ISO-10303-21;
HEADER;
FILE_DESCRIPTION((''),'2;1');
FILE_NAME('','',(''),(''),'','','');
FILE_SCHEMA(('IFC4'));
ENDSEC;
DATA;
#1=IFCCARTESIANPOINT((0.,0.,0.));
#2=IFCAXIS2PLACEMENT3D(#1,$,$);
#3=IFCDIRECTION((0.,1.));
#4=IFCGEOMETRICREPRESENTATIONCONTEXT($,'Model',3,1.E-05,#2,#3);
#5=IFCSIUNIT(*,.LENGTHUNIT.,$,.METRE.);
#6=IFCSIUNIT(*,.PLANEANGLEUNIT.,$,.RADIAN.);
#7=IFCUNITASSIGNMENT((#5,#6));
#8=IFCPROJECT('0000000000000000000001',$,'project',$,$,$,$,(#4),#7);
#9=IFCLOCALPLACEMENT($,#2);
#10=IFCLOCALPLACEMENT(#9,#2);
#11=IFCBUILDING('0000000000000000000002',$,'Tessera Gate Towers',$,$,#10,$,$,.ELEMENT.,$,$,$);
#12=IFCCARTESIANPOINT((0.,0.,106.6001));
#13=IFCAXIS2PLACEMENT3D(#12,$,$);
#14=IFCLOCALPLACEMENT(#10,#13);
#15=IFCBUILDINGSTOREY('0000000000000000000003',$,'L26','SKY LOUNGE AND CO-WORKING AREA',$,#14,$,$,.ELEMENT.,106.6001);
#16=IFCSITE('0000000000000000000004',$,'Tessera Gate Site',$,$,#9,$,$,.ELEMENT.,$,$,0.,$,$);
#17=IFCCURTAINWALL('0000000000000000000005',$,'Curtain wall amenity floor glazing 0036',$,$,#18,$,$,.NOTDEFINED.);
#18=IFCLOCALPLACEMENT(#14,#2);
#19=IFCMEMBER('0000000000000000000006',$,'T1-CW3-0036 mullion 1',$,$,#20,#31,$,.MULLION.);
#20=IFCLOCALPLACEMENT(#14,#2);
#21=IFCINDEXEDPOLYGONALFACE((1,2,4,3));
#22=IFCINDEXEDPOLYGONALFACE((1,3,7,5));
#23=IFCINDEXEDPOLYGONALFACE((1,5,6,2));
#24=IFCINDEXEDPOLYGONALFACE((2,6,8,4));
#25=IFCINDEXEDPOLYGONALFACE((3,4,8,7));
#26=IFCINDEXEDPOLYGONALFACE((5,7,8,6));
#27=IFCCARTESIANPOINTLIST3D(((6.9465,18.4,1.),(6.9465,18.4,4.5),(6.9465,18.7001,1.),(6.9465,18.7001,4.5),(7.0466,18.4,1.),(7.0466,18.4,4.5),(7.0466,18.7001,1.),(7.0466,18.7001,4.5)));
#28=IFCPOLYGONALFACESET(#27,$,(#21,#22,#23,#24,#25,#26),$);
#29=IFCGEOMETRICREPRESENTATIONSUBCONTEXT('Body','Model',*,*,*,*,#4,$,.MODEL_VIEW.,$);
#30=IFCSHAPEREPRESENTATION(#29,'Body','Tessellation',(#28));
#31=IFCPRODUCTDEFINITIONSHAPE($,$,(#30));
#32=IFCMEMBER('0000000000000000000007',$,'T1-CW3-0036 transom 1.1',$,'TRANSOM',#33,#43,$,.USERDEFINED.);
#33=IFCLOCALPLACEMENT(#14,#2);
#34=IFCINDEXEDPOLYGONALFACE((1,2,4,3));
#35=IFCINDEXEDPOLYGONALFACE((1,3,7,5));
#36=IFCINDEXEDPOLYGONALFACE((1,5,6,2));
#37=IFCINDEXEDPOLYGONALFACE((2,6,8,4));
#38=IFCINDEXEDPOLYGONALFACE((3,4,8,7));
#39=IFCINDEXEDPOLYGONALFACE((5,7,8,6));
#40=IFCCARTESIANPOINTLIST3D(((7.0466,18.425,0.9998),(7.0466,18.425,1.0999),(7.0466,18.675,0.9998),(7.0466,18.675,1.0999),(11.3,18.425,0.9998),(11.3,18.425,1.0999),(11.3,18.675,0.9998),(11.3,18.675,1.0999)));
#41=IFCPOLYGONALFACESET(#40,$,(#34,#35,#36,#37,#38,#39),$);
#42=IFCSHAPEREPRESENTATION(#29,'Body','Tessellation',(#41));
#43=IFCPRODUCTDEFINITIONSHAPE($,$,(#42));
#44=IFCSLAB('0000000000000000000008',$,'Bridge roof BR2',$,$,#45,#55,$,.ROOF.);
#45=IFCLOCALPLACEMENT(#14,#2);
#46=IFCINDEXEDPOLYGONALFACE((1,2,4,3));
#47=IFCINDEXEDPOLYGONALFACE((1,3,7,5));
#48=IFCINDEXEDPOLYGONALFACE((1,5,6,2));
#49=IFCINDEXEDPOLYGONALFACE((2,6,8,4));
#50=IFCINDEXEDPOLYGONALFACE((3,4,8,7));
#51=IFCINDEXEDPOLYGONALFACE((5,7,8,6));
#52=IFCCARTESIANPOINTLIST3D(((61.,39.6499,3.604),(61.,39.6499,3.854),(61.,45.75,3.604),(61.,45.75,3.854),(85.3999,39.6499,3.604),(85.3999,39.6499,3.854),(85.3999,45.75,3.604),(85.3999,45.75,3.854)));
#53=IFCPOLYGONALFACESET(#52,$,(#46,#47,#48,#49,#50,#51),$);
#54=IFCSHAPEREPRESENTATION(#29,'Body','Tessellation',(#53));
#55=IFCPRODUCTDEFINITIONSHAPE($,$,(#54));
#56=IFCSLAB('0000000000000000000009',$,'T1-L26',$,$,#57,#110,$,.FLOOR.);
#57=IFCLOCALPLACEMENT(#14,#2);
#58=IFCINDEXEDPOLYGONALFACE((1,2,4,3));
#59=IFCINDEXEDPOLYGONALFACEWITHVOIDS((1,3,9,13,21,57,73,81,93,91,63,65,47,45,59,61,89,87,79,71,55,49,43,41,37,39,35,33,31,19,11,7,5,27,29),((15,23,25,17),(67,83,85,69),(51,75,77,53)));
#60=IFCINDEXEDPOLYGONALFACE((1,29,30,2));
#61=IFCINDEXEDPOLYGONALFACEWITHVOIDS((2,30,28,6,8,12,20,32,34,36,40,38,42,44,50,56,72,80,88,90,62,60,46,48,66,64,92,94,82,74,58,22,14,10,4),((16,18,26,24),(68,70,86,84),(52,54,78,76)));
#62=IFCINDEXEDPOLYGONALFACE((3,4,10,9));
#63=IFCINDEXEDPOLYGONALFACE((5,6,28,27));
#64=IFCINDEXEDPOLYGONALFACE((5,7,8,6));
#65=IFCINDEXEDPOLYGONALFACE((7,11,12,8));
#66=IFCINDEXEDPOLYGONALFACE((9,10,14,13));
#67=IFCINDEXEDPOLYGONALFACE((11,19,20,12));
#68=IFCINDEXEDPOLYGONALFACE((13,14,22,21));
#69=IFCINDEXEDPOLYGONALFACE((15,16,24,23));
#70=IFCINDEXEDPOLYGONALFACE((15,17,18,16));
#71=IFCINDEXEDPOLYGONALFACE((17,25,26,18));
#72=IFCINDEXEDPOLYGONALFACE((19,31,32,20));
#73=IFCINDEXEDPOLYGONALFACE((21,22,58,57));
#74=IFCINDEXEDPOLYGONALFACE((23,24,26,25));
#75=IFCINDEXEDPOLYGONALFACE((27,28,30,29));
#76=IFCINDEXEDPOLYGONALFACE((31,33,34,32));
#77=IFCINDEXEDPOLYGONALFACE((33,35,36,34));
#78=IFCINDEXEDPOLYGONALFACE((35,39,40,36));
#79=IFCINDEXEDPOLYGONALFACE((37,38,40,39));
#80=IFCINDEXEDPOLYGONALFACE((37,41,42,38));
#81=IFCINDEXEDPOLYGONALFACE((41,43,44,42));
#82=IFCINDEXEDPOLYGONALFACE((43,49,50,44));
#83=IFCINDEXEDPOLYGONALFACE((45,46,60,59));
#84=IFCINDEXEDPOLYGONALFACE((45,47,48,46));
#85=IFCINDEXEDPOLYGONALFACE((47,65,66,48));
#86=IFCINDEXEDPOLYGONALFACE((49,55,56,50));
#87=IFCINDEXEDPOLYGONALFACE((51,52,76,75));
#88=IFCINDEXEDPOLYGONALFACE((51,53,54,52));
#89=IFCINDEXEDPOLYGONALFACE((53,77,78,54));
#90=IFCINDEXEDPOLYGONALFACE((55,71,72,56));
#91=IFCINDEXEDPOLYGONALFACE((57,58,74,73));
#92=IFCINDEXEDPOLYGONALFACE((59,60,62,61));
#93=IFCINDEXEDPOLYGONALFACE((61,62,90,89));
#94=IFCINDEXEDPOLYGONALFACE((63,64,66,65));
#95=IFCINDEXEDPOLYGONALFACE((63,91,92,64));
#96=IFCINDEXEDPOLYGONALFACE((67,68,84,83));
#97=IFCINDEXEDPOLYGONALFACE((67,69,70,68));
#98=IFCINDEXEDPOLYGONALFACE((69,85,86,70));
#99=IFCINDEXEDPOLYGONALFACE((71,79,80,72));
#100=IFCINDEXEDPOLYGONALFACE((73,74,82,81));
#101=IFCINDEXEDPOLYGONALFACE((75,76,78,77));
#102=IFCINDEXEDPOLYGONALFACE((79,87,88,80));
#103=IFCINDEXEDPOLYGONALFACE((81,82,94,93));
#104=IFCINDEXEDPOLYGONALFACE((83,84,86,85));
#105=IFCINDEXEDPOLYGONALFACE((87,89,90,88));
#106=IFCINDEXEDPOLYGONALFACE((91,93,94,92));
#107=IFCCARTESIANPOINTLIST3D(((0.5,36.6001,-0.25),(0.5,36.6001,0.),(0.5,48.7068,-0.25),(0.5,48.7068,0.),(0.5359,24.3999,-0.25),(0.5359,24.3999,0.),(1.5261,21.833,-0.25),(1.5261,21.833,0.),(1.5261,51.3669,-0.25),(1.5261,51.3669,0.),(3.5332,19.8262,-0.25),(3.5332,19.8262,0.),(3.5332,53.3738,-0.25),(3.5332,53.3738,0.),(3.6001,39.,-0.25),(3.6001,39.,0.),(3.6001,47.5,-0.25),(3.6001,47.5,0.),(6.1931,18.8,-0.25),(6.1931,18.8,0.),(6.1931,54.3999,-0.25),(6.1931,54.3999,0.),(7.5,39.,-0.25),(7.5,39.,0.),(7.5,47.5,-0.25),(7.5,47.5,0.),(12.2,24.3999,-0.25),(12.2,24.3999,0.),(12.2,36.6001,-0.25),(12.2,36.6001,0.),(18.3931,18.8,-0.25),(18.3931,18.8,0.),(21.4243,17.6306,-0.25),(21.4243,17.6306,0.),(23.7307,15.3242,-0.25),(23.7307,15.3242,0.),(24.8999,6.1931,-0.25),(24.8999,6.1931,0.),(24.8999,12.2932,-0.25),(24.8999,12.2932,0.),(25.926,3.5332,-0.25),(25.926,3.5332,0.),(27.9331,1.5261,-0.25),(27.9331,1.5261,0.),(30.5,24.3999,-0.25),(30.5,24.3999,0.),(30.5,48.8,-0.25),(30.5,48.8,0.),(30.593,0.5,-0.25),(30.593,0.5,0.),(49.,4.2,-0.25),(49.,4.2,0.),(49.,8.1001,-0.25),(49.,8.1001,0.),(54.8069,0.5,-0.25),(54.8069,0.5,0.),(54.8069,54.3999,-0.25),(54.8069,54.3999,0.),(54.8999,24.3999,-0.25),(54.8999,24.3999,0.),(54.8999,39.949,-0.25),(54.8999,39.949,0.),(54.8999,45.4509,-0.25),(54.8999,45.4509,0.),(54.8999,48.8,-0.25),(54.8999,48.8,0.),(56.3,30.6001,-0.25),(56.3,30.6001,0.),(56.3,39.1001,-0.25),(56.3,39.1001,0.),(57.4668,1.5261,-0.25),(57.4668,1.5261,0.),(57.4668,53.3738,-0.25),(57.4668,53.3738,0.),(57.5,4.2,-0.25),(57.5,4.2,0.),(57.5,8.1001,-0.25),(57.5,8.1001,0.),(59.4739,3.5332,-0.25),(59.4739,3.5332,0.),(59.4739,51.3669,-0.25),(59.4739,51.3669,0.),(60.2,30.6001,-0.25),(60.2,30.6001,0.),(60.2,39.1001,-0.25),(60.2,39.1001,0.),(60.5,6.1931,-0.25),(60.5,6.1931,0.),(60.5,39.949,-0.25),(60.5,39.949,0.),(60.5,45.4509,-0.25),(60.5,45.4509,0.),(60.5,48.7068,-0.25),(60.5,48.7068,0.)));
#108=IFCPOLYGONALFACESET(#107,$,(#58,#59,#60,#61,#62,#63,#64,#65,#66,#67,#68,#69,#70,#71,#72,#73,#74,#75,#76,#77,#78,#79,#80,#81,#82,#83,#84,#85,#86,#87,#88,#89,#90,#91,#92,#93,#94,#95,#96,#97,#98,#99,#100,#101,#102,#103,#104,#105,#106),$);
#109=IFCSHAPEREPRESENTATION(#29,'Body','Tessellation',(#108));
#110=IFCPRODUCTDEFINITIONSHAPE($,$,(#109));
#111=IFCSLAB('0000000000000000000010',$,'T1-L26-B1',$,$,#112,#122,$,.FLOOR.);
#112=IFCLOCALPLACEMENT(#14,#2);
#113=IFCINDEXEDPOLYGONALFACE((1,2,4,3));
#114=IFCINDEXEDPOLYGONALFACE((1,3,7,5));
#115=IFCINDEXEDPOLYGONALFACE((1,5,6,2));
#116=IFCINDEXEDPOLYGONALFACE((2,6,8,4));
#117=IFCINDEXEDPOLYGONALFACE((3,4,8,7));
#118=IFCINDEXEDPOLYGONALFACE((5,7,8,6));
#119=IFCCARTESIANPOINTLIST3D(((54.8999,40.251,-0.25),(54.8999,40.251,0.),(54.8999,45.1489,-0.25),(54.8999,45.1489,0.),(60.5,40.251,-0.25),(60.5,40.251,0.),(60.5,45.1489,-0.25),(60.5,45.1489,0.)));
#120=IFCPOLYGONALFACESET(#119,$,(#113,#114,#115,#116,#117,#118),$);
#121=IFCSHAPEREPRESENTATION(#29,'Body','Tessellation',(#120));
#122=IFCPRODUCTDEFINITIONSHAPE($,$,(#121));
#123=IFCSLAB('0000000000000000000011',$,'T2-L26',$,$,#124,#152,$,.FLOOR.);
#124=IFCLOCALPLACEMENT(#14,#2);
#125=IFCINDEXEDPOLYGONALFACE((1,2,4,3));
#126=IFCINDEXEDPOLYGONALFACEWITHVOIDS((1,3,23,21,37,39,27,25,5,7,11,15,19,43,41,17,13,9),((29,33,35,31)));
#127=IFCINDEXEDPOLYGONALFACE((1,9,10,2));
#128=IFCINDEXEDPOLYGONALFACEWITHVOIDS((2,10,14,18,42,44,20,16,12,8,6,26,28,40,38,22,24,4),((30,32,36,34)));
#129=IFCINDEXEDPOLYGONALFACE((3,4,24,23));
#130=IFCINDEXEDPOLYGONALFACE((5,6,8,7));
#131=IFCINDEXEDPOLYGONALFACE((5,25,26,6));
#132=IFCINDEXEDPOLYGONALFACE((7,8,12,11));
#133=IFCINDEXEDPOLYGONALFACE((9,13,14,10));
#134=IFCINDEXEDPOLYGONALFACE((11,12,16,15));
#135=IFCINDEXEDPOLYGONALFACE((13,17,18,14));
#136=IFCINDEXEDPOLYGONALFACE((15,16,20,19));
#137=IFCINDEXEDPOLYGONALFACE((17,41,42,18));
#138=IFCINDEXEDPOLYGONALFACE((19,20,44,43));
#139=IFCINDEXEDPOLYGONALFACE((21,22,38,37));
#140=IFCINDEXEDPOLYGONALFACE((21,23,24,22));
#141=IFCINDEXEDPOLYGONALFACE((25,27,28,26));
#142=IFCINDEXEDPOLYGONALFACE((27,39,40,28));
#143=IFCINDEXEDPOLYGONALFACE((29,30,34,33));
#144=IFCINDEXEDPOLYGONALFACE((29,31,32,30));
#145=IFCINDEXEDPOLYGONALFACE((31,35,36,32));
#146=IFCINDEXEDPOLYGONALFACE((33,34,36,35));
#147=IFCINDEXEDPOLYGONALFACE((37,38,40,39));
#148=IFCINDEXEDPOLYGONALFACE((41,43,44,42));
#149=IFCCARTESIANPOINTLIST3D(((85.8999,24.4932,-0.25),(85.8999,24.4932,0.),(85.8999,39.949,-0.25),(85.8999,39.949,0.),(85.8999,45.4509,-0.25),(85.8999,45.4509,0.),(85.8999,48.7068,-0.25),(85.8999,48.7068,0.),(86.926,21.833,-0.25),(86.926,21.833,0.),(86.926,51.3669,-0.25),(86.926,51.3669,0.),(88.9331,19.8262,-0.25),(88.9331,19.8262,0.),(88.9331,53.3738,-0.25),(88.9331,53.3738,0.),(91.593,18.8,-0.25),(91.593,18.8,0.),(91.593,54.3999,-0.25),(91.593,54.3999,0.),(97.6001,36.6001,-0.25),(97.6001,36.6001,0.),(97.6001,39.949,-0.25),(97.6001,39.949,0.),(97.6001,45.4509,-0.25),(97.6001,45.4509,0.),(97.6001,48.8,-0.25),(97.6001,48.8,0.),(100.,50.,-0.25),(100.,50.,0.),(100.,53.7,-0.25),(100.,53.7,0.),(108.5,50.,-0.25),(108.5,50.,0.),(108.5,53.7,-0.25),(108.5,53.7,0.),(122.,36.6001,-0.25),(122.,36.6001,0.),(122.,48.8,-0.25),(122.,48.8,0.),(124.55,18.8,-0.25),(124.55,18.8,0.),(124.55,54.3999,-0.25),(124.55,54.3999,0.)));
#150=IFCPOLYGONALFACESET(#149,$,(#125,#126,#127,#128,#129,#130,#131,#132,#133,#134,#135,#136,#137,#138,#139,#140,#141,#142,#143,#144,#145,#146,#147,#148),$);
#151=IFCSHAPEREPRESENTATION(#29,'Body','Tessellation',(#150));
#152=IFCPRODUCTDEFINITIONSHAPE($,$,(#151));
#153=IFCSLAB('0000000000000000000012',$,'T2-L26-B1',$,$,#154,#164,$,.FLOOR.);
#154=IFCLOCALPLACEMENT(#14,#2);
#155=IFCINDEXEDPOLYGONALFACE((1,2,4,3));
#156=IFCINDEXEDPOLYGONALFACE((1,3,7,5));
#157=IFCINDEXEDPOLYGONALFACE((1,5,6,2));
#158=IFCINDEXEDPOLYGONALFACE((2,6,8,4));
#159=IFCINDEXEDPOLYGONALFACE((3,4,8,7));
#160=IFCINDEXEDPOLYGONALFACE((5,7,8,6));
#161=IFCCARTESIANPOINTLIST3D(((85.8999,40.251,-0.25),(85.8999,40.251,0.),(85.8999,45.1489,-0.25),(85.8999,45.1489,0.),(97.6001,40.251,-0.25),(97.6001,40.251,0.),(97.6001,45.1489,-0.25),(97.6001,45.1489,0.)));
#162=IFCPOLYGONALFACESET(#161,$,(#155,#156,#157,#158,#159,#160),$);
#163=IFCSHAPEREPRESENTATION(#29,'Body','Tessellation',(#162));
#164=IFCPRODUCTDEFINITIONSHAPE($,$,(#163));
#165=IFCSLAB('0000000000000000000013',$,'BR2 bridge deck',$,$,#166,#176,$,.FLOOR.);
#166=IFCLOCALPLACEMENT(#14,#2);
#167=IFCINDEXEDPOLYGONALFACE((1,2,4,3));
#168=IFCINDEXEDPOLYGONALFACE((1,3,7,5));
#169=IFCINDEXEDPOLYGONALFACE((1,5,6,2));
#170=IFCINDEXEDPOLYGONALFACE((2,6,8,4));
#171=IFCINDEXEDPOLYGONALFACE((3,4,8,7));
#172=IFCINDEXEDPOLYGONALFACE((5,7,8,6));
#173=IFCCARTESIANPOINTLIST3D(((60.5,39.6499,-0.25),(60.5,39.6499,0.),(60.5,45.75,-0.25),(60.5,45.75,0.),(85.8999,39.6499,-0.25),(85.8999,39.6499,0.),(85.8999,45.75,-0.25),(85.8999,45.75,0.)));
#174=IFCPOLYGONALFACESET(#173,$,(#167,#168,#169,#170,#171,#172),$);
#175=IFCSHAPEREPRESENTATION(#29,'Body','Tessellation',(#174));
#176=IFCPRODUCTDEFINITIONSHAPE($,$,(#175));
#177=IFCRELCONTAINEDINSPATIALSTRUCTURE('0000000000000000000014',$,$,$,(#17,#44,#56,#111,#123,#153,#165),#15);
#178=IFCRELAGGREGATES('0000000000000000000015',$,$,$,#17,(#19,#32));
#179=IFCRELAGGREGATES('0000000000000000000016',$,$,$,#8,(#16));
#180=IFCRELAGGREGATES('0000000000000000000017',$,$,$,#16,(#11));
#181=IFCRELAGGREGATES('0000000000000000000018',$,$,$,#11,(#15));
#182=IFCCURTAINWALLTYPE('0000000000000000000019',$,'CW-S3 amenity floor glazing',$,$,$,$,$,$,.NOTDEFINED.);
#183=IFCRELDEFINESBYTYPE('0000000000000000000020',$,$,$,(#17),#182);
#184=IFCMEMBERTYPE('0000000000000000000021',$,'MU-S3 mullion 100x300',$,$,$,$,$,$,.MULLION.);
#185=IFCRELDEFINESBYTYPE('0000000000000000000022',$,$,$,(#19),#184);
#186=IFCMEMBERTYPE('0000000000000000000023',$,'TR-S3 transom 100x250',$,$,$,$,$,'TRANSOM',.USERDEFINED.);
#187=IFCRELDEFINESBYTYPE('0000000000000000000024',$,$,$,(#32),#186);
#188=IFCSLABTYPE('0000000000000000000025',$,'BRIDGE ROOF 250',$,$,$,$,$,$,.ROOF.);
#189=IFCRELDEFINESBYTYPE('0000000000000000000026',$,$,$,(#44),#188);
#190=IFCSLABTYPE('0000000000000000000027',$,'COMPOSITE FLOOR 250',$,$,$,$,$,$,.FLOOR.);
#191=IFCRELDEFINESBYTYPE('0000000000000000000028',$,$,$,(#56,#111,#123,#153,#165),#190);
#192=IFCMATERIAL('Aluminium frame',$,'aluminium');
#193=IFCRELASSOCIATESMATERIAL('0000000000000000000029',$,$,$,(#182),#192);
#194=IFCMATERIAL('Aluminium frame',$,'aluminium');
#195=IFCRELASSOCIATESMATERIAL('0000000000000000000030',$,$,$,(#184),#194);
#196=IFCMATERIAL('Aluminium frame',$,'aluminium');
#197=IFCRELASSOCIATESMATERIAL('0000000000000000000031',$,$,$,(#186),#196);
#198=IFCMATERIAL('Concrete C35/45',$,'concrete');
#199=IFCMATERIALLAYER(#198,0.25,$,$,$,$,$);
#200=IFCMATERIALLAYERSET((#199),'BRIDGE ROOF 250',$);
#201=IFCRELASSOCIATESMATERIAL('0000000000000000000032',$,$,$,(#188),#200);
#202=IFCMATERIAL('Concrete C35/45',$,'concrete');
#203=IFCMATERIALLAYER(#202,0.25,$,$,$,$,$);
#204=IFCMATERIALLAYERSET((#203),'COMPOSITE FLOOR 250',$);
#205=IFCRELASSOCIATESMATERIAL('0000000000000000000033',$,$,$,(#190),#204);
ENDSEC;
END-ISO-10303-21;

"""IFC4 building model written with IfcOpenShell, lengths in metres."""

from ifc_helpers import new_model, si_unit, direction, frame, origin, origin_2d, place, context, subcontext, project, spatial, polyline, rectangle, outline, extrude, material, layer, layer_set, material_profile, profile_set, type_object, element, aggregate, save


model = new_model("IFC4")

# Units and contexts
model_context = context("Model", 3, precision=1e-05, world=origin(), true_north=direction((0.0, 1.0)))
body_context = subcontext(model_context, "Body", "Model", "MODEL_VIEW")
ifc_project = project(units=[si_unit("LENGTHUNIT", "METRE"), si_unit("PLANEANGLEUNIT", "RADIAN")], contexts=[model_context])

# Site, building, storey
site_placement = place(None, origin())
site = spatial("IfcSite", under=ifc_project, at=site_placement, Name="Tessera Gate Site", CompositionType="ELEMENT", RefElevation=0.0)
building_placement = place(site_placement, origin())
building = spatial("IfcBuilding", under=site, at=building_placement, Name="Tessera Gate Towers", CompositionType="ELEMENT")
storey_placement = place(building_placement, frame((0.0, 0.0, 106.6001)))
storey = spatial("IfcBuildingStorey", under=building, at=storey_placement, Name="L26", Description="SKY LOUNGE AND CO-WORKING AREA", CompositionType="ELEMENT", Elevation=106.6001)

# Curtain wall, members
ifc_material_1 = material(Name="Aluminium frame", Category="aluminium")
curtain_wall_type = type_object("IfcCurtainWallType", Name="CW-S3 amenity floor glazing", PredefinedType="NOTDEFINED", material=ifc_material_1)
curtain_wall_placement = place(storey_placement, origin())
curtain_wall = element("IfcCurtainWall", 1, at=curtain_wall_placement, inside=storey, type_object=curtain_wall_type, Name="Curtain wall amenity floor glazing 0036", PredefinedType="NOTDEFINED")
ifc_material_2 = material(Name="Aluminium frame", Category="aluminium")
ifc_material_profile_1 = material_profile(ifc_material_2, rectangle(XDim=0.1001, YDim=0.3, at=origin_2d()), Name="AL 100x300")
ifc_profile_set_1 = profile_set([ifc_material_profile_1], Name="Aluminium frame")
member_type_1 = type_object("IfcMemberType", Name="MU-S3 mullion 100x300", PredefinedType="MULLION", material=ifc_profile_set_1)
member_1_placement = place(storey_placement, frame((6.9966, 18.55, 1.0), z_axis=(0.0, 0.0, 1.0), x_axis=(1.0, 0.0, 0.0)))
member_1 = element("IfcMember", 2, at=member_1_placement, type_object=member_type_1, Name="T1-CW3-0036 mullion 1", PredefinedType="MULLION", context=body_context, shape_type="SweptSolid", body=[
    extrude(rectangle(XDim=0.1001, YDim=0.3, at=origin_2d()), origin(), (0.0, 0.0, 1.0), 3.5),
])
ifc_material_3 = material(Name="Aluminium frame", Category="aluminium")
ifc_material_profile_2 = material_profile(ifc_material_3, rectangle(XDim=0.25, YDim=0.1001, at=origin_2d()), Name="AL 100x250")
ifc_profile_set_2 = profile_set([ifc_material_profile_2], Name="Aluminium frame")
member_type_2 = type_object("IfcMemberType", Name="TR-S3 transom 100x250", ElementType="TRANSOM", PredefinedType="USERDEFINED", material=ifc_profile_set_2)
member_2_placement = place(storey_placement, frame((7.0466, 18.55, 1.0498), z_axis=(1.0, 0.0, 0.0), x_axis=(0.0, 1.0, 0.0)))
member_2 = element("IfcMember", 3, at=member_2_placement, type_object=member_type_2, Name="T1-CW3-0036 transom 1.1", ObjectType="TRANSOM", PredefinedType="USERDEFINED", context=body_context, shape_type="SweptSolid", body=[
    extrude(rectangle(XDim=0.25, YDim=0.1001, at=origin_2d()), origin(), (0.0, 0.0, 1.0), 4.2534),
])
aggregate(curtain_wall, [member_1, member_2])

# Slabs
ifc_material_4 = material(Name="Concrete C35/45", Category="concrete")
ifc_layer_1 = layer(ifc_material_4, 0.25)
ifc_layer_set_1 = layer_set([ifc_layer_1], Name="BRIDGE ROOF 250")
slab_type_1 = type_object("IfcSlabType", Name="BRIDGE ROOF 250", PredefinedType="ROOF", material=ifc_layer_set_1)
slab_1_placement = place(storey_placement, frame((0.0, 0.0, 3.604)))
element("IfcSlab", 4, at=slab_1_placement, inside=storey, type_object=slab_type_1, Name="Bridge roof BR2", PredefinedType="ROOF", context=body_context, shape_type="SweptSolid", body=[
    extrude(outline(polyline([(61.0, 39.6499), (85.3999, 39.6499), (85.3999, 45.75), (61.0, 45.75), (61.0, 39.6499)])), origin(), (0.0, 0.0, 1.0), 0.25),
])
ifc_material_5 = material(Name="Concrete C35/45", Category="concrete")
ifc_layer_2 = layer(ifc_material_5, 0.25)
ifc_layer_set_2 = layer_set([ifc_layer_2], Name="COMPOSITE FLOOR 250")
slab_type_2 = type_object("IfcSlabType", Name="COMPOSITE FLOOR 250", PredefinedType="FLOOR", material=ifc_layer_set_2)
slab_2_placement = place(storey_placement, frame((0.0, 0.0, -0.25)))
element("IfcSlab", 5, at=slab_2_placement, inside=storey, type_object=slab_type_2, Name="T1-L26", PredefinedType="FLOOR", context=body_context, shape_type="SweptSolid", body=[
    extrude(outline(polyline([(0.5, 36.6001), (12.2, 36.6001), (12.2, 24.3999), (0.5359, 24.3999), (1.5261, 21.833), (3.5332, 19.8262), (6.1931, 18.8), (18.3931, 18.8), (21.4243, 17.6306), (23.7307, 15.3242), (24.8999, 12.2932), (24.8999, 6.1931), (25.926, 3.5332), (27.9331, 1.5261), (30.593, 0.5), (54.8069, 0.5), (57.4668, 1.5261), (59.4739, 3.5332), (60.5, 6.1931), (60.5, 39.949), (54.8999, 39.949), (54.8999, 24.3999), (30.5, 24.3999), (30.5, 48.8), (54.8999, 48.8), (54.8999, 45.4509), (60.5, 45.4509), (60.5, 48.7068), (59.4739, 51.3669), (57.4668, 53.3738), (54.8069, 54.3999), (6.1931, 54.3999), (3.5332, 53.3738), (1.5261, 51.3669), (0.5, 48.7068), (0.5, 36.6001)]), holes=[polyline([(3.6001, 39.0), (3.6001, 47.5), (7.5, 47.5), (7.5, 39.0), (3.6001, 39.0)]), polyline([(49.0, 4.2), (49.0, 8.1001), (57.5, 8.1001), (57.5, 4.2), (49.0, 4.2)]), polyline([(56.3, 30.6001), (56.3, 39.1001), (60.2, 39.1001), (60.2, 30.6001), (56.3, 30.6001)])]), origin(), (0.0, 0.0, 1.0), 0.25),
])
slab_3_placement = place(storey_placement, frame((0.0, 0.0, -0.25)))
element("IfcSlab", 6, at=slab_3_placement, inside=storey, type_object=slab_type_2, Name="T1-L26-B1", PredefinedType="FLOOR", context=body_context, shape_type="SweptSolid", body=[
    extrude(outline(polyline([(54.8999, 40.251), (60.5, 40.251), (60.5, 45.1489), (54.8999, 45.1489), (54.8999, 40.251)])), origin(), (0.0, 0.0, 1.0), 0.25),
])
slab_4_placement = place(storey_placement, frame((0.0, 0.0, -0.25)))
element("IfcSlab", 7, at=slab_4_placement, inside=storey, type_object=slab_type_2, Name="T2-L26", PredefinedType="FLOOR", context=body_context, shape_type="SweptSolid", body=[
    extrude(outline(polyline([(85.8999, 24.4932), (86.926, 21.833), (88.9331, 19.8262), (91.593, 18.8), (124.55, 18.8), (124.55, 54.3999), (91.593, 54.3999), (88.9331, 53.3738), (86.926, 51.3669), (85.8999, 48.7068), (85.8999, 45.4509), (97.6001, 45.4509), (97.6001, 48.8), (122.0, 48.8), (122.0, 36.6001), (97.6001, 36.6001), (97.6001, 39.949), (85.8999, 39.949), (85.8999, 24.4932)]), holes=[polyline([(100.0, 50.0), (100.0, 53.7), (108.5, 53.7), (108.5, 50.0), (100.0, 50.0)])]), origin(), (0.0, 0.0, 1.0), 0.25),
])
slab_5_placement = place(storey_placement, frame((0.0, 0.0, -0.25)))
element("IfcSlab", 8, at=slab_5_placement, inside=storey, type_object=slab_type_2, Name="T2-L26-B1", PredefinedType="FLOOR", context=body_context, shape_type="SweptSolid", body=[
    extrude(outline(polyline([(85.8999, 40.251), (97.6001, 40.251), (97.6001, 45.1489), (85.8999, 45.1489), (85.8999, 40.251)])), origin(), (0.0, 0.0, 1.0), 0.25),
])
slab_6_placement = place(storey_placement, frame((0.0, 0.0, -0.25)))
element("IfcSlab", 9, at=slab_6_placement, inside=storey, type_object=slab_type_2, Name="BR2 bridge deck", PredefinedType="FLOOR", context=body_context, shape_type="SweptSolid", body=[
    extrude(outline(polyline([(60.5, 39.6499), (85.8999, 39.6499), (85.8999, 45.75), (60.5, 45.75), (60.5, 39.6499)])), origin(), (0.0, 0.0, 1.0), 0.25),
])

save(model, "model.ifc")
